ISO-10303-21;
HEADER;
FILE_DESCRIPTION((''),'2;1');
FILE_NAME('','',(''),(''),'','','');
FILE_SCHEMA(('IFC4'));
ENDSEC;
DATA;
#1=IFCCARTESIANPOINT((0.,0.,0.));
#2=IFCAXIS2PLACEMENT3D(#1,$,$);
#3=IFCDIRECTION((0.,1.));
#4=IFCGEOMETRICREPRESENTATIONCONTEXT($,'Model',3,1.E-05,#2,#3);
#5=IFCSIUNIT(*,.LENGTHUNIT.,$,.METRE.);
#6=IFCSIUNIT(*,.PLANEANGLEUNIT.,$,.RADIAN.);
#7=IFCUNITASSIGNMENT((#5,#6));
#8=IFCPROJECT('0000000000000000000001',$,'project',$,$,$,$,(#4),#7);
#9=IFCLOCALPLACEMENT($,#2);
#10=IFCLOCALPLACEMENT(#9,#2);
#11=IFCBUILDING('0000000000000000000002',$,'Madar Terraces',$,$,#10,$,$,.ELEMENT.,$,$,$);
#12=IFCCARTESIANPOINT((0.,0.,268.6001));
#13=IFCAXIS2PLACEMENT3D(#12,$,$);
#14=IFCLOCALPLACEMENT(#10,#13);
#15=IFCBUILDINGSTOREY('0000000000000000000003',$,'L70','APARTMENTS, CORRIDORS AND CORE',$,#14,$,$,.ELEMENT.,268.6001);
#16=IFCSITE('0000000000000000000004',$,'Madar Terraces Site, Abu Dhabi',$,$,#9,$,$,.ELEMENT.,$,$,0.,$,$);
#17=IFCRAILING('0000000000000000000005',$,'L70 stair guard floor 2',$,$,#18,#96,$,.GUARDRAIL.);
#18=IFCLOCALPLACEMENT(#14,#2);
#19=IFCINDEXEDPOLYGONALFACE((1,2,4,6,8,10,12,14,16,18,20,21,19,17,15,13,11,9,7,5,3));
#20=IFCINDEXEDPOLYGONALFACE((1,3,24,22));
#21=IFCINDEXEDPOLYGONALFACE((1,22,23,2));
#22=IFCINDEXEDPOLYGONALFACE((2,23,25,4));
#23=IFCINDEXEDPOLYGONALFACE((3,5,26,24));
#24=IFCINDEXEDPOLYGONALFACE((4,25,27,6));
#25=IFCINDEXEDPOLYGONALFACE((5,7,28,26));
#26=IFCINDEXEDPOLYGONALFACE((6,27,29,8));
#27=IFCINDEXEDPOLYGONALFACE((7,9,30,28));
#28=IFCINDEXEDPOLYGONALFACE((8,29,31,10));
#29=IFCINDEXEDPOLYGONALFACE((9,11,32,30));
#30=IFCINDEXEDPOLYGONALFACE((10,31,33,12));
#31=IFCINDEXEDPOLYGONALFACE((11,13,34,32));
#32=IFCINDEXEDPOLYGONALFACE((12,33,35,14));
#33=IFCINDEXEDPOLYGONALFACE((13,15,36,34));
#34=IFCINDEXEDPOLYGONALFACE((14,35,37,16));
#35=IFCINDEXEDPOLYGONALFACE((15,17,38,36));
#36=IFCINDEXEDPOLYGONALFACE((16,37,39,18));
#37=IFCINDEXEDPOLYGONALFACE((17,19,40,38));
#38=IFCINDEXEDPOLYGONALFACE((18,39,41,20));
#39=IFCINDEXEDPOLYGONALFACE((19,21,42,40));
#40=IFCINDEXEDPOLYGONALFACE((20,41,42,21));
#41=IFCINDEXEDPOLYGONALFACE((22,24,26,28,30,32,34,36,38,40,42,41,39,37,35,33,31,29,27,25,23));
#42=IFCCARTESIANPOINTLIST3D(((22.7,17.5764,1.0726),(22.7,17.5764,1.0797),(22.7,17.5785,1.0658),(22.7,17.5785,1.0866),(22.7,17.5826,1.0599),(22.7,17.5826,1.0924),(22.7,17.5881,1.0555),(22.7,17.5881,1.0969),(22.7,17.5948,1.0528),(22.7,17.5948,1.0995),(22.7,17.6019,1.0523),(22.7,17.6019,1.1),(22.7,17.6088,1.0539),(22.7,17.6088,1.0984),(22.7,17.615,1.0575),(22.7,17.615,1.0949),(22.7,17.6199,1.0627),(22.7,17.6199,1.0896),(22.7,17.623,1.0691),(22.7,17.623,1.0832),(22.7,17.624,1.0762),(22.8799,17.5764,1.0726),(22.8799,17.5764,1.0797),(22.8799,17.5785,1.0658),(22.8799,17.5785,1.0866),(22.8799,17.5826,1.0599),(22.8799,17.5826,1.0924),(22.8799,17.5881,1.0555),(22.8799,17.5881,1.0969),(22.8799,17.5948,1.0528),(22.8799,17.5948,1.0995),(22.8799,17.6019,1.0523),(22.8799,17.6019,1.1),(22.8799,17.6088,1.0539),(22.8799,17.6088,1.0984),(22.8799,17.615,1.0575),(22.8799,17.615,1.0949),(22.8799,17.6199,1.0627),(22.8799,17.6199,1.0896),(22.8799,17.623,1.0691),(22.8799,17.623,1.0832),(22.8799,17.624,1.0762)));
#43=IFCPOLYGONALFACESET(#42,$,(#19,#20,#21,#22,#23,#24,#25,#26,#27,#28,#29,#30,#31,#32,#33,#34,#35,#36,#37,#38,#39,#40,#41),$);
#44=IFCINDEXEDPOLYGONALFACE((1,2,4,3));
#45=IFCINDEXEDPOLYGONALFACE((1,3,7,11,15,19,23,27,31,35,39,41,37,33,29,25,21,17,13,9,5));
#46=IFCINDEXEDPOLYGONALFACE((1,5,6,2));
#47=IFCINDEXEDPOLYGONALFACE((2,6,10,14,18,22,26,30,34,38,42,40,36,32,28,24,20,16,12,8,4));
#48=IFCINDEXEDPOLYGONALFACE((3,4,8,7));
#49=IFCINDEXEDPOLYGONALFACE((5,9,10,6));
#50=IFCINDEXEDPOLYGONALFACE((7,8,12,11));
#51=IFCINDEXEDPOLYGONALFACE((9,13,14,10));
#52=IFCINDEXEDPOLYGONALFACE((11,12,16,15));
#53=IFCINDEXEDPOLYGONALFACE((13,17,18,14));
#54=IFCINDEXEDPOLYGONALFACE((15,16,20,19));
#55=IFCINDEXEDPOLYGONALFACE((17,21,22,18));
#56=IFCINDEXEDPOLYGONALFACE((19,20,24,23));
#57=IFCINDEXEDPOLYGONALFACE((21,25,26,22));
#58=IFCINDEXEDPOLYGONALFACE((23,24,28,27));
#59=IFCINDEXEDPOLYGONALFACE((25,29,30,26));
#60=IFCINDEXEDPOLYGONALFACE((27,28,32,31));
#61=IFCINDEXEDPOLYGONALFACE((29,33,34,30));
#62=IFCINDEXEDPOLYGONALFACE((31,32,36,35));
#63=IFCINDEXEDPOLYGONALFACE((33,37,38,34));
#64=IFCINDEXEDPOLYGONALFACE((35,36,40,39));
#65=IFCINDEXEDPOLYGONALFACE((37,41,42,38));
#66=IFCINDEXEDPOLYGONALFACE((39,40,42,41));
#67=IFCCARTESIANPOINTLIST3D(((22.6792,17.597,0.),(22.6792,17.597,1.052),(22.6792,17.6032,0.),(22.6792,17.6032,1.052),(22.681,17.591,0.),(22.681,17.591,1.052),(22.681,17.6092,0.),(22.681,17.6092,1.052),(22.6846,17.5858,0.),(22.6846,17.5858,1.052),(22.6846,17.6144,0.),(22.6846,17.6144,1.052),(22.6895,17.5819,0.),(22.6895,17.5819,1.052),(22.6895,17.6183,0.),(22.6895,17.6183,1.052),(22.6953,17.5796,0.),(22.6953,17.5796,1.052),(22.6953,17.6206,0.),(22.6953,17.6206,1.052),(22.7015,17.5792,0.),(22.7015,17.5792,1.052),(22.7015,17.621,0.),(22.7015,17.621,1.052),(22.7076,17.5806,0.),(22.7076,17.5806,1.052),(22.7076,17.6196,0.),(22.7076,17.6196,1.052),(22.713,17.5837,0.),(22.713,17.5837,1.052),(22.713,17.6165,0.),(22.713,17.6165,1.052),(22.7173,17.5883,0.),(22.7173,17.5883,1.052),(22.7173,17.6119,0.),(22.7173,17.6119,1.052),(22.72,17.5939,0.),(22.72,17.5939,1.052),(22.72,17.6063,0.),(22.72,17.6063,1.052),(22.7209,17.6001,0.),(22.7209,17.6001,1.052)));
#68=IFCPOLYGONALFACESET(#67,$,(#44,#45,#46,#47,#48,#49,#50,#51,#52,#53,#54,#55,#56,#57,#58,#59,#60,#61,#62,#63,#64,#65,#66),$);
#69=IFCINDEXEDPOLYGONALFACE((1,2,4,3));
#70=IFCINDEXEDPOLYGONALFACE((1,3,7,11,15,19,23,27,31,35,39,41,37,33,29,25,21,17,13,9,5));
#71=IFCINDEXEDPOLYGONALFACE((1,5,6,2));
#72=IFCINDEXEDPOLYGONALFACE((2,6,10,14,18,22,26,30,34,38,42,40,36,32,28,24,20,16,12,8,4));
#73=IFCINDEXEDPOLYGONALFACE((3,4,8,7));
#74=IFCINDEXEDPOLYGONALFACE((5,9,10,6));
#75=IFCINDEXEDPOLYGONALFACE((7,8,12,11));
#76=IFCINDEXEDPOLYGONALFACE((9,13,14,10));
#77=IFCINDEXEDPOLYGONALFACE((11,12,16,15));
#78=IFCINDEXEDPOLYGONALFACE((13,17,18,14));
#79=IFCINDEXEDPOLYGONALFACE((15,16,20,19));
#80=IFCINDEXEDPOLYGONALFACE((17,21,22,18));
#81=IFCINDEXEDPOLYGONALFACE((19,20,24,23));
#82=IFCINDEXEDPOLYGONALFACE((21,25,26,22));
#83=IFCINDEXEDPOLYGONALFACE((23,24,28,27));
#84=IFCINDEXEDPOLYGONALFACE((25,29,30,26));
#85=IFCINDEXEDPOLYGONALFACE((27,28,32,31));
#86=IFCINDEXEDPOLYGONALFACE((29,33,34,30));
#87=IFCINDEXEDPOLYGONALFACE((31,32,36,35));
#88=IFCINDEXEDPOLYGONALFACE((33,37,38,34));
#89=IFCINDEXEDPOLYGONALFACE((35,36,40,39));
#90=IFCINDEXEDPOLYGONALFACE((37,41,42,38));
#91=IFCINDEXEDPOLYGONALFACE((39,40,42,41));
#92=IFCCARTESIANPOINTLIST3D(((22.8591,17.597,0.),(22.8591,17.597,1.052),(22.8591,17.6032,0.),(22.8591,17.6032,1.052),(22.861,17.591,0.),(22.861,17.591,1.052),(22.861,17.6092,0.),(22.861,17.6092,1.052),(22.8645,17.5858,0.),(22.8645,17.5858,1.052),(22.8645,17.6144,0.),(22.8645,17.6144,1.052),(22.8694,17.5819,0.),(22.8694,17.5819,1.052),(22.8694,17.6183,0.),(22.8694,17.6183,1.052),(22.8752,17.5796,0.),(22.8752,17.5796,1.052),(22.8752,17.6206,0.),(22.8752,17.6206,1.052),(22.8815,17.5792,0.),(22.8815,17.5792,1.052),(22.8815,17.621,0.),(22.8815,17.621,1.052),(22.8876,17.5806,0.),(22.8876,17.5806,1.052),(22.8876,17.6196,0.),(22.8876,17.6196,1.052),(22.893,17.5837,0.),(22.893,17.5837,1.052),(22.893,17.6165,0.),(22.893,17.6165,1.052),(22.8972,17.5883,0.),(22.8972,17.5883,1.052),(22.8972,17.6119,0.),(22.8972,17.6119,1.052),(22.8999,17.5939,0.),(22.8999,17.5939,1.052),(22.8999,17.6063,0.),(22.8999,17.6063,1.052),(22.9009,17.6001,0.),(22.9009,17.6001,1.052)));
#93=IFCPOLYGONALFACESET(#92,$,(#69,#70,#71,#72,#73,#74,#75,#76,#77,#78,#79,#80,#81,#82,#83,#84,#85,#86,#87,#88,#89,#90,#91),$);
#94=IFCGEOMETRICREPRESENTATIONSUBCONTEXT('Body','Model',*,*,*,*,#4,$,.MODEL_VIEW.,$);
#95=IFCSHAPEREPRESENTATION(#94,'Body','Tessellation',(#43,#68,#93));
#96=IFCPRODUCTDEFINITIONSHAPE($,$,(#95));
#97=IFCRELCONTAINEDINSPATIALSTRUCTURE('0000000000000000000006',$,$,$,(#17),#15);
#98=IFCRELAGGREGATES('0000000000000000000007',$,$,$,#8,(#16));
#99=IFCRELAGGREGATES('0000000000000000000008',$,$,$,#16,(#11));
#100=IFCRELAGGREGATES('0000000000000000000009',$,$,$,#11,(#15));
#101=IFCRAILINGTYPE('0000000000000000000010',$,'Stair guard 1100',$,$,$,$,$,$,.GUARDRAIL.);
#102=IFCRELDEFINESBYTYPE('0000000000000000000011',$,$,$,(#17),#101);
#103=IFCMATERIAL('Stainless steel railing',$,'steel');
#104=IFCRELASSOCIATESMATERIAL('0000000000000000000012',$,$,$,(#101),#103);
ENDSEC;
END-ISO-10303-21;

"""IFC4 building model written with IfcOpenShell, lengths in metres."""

from ifc_helpers import new_model, si_unit, direction, frame, origin, origin_2d, place, context, subcontext, project, spatial, circle, extrude, material, type_object, element, save


model = new_model("IFC4")

# Units and contexts
model_context = context("Model", 3, precision=1e-05, world=origin(), true_north=direction((0.0, 1.0)))
body_context = subcontext(model_context, "Body", "Model", "MODEL_VIEW")
ifc_project = project(units=[si_unit("LENGTHUNIT", "METRE"), si_unit("PLANEANGLEUNIT", "RADIAN")], contexts=[model_context])

# Site, building, storey
site_placement = place(None, origin())
site = spatial("IfcSite", under=ifc_project, at=site_placement, Name="Madar Terraces Site, Abu Dhabi", CompositionType="ELEMENT", RefElevation=0.0)
building_placement = place(site_placement, origin())
building = spatial("IfcBuilding", under=site, at=building_placement, Name="Madar Terraces", CompositionType="ELEMENT")
storey_placement = place(building_placement, frame((0.0, 0.0, 268.6001)))
storey = spatial("IfcBuildingStorey", under=building, at=storey_placement, Name="L70", Description="APARTMENTS, CORRIDORS AND CORE", CompositionType="ELEMENT", Elevation=268.6001)

# Railing
ifc_material_1 = material(Name="Stainless steel railing", Category="steel")
railing_type_1 = type_object("IfcRailingType", Name="Stair guard 1100", PredefinedType="GUARDRAIL", material=ifc_material_1)
railing_1_placement = place(storey_placement, frame((22.7, 17.6001, 0.0)))
element("IfcRailing", 1, at=railing_1_placement, inside=storey, type_object=railing_type_1, Name="L70 stair guard floor 2", PredefinedType="GUARDRAIL", context=body_context, shape_type="SweptSolid", body=[
    extrude(circle(Radius=0.0239, at=origin_2d()), frame((0.0, 0.0, 1.0762), z_axis=(1.0, 0.0, 0.0), x_axis=(0.0, 1.0, 0.0)), (0.0, 0.0, 1.0), 0.1799),
    extrude(circle(Radius=0.021, at=origin_2d()), origin(), (0.0, 0.0, 1.0), 1.052),
    extrude(circle(Radius=0.021, at=origin_2d()), frame((0.1799, 0.0, 0.0)), (0.0, 0.0, 1.0), 1.052),
])

save(model, "model.ifc")
